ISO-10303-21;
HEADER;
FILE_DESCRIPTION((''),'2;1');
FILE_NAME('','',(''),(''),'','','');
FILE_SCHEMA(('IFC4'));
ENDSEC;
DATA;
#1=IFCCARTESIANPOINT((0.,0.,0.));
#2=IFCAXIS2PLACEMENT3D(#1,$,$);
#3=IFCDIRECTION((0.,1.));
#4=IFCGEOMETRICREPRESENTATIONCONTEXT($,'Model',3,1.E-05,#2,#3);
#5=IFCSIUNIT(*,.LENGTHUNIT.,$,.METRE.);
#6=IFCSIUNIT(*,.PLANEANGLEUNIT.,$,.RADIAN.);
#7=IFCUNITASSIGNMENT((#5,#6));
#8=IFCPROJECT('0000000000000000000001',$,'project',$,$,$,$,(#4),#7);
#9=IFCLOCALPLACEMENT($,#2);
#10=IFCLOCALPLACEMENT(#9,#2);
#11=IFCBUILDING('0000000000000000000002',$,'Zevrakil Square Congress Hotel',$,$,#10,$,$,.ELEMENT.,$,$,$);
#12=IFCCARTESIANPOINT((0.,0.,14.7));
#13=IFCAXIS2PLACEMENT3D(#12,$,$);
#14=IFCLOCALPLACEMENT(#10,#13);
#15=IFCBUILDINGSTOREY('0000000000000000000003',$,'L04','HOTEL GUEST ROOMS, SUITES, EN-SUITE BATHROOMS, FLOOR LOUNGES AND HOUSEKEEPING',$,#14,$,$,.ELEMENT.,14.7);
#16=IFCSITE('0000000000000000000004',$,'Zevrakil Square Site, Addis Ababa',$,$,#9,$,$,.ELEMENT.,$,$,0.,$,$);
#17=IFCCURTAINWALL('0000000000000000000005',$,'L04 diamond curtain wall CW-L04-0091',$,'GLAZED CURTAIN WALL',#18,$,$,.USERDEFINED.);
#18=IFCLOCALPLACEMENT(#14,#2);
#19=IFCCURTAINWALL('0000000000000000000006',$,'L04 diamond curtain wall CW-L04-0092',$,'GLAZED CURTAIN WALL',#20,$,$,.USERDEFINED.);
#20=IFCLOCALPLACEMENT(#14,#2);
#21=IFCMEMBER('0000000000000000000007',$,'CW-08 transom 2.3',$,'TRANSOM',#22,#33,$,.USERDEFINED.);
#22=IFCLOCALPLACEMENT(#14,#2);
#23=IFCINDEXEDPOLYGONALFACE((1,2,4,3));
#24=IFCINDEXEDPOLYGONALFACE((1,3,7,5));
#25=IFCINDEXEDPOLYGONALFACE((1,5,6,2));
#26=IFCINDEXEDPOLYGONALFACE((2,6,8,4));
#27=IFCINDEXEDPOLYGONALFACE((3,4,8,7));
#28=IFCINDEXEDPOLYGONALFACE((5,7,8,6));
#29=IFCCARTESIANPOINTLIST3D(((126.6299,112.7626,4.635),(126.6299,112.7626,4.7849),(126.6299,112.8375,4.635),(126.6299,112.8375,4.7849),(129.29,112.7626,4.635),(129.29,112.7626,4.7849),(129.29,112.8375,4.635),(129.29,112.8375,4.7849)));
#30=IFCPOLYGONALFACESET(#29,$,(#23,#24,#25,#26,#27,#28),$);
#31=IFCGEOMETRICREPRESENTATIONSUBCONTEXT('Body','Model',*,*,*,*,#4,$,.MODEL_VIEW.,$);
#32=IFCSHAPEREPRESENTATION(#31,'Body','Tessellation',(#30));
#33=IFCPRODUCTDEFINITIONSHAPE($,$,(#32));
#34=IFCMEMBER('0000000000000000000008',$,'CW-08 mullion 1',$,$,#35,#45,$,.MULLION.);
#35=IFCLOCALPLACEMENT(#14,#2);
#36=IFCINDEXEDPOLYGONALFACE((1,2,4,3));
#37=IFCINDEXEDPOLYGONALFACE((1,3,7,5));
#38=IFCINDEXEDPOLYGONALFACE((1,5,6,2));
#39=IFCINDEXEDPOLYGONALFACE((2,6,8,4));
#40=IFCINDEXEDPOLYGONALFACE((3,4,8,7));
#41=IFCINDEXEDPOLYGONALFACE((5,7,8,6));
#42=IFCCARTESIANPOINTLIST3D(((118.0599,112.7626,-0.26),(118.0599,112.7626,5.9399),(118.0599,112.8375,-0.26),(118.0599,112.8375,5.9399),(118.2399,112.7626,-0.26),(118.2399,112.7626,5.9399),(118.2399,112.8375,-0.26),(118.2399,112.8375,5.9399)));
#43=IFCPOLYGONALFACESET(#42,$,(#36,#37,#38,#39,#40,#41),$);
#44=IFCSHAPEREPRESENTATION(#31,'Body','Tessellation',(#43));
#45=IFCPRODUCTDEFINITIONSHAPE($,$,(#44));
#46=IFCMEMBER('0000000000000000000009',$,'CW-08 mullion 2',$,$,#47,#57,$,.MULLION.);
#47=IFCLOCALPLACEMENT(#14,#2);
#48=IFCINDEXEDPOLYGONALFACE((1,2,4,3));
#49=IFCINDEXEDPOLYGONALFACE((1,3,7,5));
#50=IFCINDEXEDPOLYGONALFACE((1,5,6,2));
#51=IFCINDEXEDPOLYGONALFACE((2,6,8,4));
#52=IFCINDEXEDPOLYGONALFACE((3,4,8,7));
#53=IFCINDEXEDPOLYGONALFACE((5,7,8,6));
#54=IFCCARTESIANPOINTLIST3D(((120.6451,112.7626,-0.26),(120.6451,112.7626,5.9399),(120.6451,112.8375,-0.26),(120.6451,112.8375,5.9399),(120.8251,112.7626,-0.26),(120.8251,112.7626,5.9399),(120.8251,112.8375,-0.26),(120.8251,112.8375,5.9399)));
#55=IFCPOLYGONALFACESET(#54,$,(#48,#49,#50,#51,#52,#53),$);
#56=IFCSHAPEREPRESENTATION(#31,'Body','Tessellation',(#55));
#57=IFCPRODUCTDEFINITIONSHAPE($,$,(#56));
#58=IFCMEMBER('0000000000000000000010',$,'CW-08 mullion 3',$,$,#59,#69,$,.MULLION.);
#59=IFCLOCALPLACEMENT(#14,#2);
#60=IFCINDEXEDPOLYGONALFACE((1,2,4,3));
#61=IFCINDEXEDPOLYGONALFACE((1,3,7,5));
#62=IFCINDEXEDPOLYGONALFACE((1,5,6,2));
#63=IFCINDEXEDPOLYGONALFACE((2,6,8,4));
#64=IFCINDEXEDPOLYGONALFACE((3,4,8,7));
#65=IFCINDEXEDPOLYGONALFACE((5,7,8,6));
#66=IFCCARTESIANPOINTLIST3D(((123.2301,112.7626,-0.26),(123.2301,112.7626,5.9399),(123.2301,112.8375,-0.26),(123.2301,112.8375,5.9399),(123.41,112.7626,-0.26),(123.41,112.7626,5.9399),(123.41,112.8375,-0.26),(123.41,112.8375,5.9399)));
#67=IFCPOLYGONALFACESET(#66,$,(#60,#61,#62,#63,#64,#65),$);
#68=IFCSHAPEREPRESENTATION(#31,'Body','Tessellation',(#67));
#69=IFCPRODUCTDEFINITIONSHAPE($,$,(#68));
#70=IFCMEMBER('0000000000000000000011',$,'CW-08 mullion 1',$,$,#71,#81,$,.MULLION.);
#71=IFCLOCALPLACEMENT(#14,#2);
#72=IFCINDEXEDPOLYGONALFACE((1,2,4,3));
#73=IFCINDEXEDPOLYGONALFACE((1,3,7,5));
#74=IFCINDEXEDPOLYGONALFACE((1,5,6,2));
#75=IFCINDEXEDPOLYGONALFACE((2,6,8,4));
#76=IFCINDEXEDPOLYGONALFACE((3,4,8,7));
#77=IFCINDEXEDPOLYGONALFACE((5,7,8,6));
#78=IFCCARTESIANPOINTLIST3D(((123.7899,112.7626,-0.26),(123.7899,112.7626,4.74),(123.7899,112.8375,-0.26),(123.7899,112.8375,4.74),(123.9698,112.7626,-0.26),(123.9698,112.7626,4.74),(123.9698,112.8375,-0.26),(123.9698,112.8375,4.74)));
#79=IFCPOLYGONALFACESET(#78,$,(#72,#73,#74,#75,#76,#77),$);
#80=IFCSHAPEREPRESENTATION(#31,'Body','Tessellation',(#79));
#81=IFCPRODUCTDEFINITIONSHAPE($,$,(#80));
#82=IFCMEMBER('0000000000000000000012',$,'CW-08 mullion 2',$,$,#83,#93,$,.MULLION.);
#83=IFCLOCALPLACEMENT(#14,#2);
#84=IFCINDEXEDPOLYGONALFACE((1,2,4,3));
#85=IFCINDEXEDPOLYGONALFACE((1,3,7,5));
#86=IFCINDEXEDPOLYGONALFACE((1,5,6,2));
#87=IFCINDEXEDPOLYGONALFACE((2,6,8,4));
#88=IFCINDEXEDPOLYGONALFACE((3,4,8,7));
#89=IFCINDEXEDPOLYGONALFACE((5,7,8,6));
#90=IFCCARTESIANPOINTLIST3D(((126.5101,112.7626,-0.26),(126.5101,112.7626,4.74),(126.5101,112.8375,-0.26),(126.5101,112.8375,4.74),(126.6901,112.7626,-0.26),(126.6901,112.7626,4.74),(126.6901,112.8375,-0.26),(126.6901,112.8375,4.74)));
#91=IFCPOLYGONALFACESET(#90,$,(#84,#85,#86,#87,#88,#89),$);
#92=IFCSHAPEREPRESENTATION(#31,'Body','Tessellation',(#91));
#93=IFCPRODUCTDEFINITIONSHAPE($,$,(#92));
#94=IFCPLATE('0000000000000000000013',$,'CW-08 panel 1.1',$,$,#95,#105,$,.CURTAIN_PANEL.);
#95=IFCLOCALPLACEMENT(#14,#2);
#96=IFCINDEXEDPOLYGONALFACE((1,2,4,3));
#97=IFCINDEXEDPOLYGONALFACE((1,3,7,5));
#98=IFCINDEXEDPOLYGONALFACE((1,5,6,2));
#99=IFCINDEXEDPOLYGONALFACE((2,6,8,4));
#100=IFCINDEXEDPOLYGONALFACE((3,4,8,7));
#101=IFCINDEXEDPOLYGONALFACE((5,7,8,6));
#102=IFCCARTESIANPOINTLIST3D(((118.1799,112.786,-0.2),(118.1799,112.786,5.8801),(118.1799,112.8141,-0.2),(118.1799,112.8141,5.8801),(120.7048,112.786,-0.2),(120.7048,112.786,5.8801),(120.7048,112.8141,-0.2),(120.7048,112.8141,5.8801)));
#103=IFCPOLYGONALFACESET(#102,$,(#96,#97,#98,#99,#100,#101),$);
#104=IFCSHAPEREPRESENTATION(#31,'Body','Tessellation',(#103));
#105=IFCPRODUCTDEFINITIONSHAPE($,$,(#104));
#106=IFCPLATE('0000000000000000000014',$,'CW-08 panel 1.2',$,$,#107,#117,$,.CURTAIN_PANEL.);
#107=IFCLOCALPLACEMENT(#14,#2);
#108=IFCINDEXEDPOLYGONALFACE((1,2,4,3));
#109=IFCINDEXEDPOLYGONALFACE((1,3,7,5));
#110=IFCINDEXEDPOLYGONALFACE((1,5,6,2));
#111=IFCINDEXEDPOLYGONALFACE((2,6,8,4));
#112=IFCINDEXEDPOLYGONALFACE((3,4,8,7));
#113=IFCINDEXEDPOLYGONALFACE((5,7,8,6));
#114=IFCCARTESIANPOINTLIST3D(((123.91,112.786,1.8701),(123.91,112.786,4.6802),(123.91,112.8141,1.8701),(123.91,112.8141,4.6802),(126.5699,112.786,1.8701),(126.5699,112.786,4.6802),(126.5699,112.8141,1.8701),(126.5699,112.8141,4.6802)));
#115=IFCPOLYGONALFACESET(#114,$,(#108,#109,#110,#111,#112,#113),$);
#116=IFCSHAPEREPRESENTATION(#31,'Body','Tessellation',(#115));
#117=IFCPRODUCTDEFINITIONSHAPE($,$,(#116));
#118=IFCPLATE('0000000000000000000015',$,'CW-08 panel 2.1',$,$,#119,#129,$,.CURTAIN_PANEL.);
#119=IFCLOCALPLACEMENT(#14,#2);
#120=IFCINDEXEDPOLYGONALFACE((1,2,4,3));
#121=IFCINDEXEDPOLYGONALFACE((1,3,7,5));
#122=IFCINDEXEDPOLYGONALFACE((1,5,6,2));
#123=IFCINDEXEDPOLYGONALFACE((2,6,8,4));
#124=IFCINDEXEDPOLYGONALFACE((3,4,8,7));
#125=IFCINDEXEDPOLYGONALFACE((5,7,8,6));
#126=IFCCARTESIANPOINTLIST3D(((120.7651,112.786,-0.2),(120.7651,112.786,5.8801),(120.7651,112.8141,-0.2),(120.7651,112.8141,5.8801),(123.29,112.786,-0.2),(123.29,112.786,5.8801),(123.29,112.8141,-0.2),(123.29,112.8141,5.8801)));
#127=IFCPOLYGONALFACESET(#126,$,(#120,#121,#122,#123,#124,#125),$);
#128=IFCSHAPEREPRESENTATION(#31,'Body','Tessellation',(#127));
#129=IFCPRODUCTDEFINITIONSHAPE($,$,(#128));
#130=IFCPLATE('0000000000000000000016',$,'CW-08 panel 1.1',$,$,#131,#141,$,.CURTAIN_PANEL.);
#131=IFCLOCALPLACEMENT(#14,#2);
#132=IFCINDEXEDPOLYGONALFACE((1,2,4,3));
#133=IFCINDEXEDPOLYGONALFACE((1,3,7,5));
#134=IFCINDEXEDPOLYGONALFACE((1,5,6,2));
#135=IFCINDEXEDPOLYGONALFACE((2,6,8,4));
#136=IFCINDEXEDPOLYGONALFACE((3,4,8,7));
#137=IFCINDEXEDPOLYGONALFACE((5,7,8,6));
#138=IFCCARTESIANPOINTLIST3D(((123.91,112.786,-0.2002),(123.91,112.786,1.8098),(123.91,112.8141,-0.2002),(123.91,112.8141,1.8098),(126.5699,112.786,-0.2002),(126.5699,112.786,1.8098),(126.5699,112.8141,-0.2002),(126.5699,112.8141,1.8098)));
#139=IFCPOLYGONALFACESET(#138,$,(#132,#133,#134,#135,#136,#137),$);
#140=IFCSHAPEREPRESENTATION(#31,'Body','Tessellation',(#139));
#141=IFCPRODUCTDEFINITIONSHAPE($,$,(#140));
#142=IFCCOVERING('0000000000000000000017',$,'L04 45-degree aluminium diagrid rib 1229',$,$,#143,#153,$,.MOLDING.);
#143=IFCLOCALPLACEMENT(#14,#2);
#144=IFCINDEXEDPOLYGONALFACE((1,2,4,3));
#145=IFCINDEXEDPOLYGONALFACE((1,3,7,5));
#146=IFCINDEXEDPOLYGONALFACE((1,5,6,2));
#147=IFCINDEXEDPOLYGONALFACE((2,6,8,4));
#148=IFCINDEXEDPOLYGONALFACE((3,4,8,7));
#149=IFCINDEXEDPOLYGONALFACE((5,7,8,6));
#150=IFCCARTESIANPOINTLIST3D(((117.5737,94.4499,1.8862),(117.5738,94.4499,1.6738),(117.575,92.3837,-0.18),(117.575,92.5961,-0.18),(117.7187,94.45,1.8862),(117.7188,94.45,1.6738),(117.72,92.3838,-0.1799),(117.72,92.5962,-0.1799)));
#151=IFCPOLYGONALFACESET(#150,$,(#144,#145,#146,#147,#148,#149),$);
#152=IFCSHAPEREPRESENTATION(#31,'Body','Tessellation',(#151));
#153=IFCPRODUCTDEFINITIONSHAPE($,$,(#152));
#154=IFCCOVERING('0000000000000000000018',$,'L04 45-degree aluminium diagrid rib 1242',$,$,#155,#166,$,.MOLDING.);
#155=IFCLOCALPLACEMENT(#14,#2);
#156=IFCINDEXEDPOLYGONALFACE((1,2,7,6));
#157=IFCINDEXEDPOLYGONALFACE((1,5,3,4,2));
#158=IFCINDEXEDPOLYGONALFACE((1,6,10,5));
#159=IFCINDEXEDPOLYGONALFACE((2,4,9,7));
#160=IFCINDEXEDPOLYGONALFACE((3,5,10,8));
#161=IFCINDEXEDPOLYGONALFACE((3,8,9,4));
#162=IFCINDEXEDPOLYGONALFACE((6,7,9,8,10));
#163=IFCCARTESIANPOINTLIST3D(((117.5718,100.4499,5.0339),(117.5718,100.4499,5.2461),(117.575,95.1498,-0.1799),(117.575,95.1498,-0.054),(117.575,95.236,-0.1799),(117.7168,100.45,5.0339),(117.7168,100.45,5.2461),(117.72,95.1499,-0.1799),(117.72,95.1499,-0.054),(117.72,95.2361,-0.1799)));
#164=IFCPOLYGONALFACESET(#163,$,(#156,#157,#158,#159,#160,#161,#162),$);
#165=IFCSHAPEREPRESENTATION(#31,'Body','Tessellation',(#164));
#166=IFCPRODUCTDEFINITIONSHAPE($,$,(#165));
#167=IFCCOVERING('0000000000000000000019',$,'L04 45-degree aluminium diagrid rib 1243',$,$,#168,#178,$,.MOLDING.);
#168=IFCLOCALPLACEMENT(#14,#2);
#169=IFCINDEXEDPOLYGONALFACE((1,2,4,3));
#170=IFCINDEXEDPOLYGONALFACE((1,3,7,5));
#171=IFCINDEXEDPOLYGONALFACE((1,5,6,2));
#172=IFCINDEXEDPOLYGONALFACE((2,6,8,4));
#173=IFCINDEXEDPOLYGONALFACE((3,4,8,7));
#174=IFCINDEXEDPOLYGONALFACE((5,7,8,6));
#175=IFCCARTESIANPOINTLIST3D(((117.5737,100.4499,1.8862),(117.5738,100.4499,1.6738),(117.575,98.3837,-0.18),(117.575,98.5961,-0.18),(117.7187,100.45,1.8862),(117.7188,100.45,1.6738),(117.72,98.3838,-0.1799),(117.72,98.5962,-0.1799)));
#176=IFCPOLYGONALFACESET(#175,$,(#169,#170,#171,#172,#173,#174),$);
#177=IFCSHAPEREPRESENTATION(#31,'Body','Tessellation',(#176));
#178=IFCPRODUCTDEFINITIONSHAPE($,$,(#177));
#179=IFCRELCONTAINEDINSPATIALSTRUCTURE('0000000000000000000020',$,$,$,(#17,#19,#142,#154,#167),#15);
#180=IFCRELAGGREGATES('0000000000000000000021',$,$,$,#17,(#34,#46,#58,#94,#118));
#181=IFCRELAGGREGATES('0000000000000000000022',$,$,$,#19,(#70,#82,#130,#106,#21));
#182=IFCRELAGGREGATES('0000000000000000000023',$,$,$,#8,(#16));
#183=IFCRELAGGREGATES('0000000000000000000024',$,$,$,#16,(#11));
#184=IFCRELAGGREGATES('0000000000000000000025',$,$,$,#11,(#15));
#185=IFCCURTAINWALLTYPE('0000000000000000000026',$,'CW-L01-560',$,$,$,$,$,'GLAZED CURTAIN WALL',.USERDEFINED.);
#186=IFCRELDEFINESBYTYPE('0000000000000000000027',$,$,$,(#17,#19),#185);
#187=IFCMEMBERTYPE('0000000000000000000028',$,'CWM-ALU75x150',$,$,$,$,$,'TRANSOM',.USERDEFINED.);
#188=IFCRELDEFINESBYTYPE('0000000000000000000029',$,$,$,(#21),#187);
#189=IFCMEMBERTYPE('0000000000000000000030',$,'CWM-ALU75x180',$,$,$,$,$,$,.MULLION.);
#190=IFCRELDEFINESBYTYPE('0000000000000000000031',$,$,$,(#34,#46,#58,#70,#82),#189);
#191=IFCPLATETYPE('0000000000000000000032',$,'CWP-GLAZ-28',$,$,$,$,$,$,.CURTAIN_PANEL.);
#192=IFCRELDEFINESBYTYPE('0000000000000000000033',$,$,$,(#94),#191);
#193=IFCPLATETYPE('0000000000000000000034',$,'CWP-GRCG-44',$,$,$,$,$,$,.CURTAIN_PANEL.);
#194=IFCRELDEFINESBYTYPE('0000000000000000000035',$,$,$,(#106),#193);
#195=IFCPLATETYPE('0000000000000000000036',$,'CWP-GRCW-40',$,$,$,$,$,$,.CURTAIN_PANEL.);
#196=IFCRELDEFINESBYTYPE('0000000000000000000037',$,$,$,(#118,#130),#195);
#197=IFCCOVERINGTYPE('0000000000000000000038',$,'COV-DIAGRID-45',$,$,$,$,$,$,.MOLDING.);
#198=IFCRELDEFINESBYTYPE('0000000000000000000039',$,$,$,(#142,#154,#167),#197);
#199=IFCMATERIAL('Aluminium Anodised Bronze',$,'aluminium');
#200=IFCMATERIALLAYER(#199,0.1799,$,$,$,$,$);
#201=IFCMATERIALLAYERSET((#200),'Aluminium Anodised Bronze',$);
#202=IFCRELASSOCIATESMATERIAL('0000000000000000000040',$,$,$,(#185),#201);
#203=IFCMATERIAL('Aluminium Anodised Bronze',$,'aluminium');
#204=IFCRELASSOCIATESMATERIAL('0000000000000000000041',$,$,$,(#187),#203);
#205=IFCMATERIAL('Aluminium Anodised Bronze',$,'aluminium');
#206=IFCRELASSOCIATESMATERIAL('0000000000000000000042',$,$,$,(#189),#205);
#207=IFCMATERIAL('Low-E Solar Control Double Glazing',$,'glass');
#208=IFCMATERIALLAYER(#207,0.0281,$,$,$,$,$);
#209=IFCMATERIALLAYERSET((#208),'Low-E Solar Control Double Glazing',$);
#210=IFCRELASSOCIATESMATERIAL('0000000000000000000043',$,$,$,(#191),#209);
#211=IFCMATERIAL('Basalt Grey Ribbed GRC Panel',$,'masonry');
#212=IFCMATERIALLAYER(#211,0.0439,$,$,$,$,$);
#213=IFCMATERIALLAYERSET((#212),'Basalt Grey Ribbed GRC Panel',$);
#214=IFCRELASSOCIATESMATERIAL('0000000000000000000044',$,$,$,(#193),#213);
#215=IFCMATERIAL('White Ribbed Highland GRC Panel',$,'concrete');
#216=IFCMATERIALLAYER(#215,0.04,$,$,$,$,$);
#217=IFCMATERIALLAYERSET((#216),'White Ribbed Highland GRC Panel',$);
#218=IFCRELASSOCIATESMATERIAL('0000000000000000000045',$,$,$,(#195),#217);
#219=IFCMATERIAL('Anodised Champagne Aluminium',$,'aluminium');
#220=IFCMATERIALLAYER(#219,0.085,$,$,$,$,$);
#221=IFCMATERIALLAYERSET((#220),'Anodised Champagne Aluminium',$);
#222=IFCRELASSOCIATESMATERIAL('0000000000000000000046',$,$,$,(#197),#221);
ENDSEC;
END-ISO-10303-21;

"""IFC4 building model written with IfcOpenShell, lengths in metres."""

from ifc_helpers import new_model, si_unit, direction, frame, origin, origin_2d, place, context, subcontext, project, spatial, polyline, rectangle, outline, extrude, material, layer, layer_set, material_profile, profile_set, type_object, element, aggregate, save


model = new_model("IFC4")

# Units and contexts
model_context = context("Model", 3, precision=1e-05, world=origin(), true_north=direction((0.0, 1.0)))
body_context = subcontext(model_context, "Body", "Model", "MODEL_VIEW")
ifc_project = project(units=[si_unit("LENGTHUNIT", "METRE"), si_unit("PLANEANGLEUNIT", "RADIAN")], contexts=[model_context])

# Site, building, storey
site_placement = place(None, origin())
site = spatial("IfcSite", under=ifc_project, at=site_placement, Name="Zevrakil Square Site, Addis Ababa", CompositionType="ELEMENT", RefElevation=0.0)
building_placement = place(site_placement, origin())
building = spatial("IfcBuilding", under=site, at=building_placement, Name="Zevrakil Square Congress Hotel", CompositionType="ELEMENT")
storey_placement = place(building_placement, frame((0.0, 0.0, 14.7)))
storey = spatial("IfcBuildingStorey", under=building, at=storey_placement, Name="L04", Description="HOTEL GUEST ROOMS, SUITES, EN-SUITE BATHROOMS, FLOOR LOUNGES AND HOUSEKEEPING", CompositionType="ELEMENT", Elevation=14.7)

# Curtain walls, member
ifc_material_1 = material(Name="Aluminium Anodised Bronze", Category="aluminium")
ifc_layer_1 = layer(ifc_material_1, 0.1799)
ifc_layer_set_1 = layer_set([ifc_layer_1], Name="Aluminium Anodised Bronze")
curtain_wall_type = type_object("IfcCurtainWallType", Name="CW-L01-560", ElementType="GLAZED CURTAIN WALL", PredefinedType="USERDEFINED", material=ifc_layer_set_1)
curtain_wall_1_placement = place(storey_placement, origin())
curtain_wall_1 = element("IfcCurtainWall", 1, at=curtain_wall_1_placement, inside=storey, type_object=curtain_wall_type, Name="L04 diamond curtain wall CW-L04-0091", ObjectType="GLAZED CURTAIN WALL", PredefinedType="USERDEFINED")
ifc_material_2 = material(Name="Aluminium Anodised Bronze", Category="aluminium")
ifc_material_profile_1 = material_profile(ifc_material_2, rectangle(XDim=0.075, YDim=0.1499, at=origin_2d()), Name="ALU 75x150")
ifc_profile_set_1 = profile_set([ifc_material_profile_1], Name="Aluminium Anodised Bronze")
member_type_1 = type_object("IfcMemberType", Name="CWM-ALU75x150", ElementType="TRANSOM", PredefinedType="USERDEFINED", material=ifc_profile_set_1)
curtain_wall_2_placement = place(storey_placement, origin())
curtain_wall_2 = element("IfcCurtainWall", 2, at=curtain_wall_2_placement, inside=storey, type_object=curtain_wall_type, Name="L04 diamond curtain wall CW-L04-0092", ObjectType="GLAZED CURTAIN WALL", PredefinedType="USERDEFINED")
member_1_placement = place(storey_placement, frame((126.6299, 112.8, 4.71), z_axis=(1.0, 0.0, 0.0), x_axis=(0.0, 1.0, 0.0)))
member_1 = element("IfcMember", 3, at=member_1_placement, type_object=member_type_1, Name="CW-08 transom 2.3", ObjectType="TRANSOM", PredefinedType="USERDEFINED", context=body_context, shape_type="SweptSolid", body=[
    extrude(rectangle(XDim=0.075, YDim=0.1499, at=origin_2d()), origin(), (0.0, 0.0, 1.0), 2.6602),
])

# Members
ifc_material_3 = material(Name="Aluminium Anodised Bronze", Category="aluminium")
ifc_material_profile_2 = material_profile(ifc_material_3, rectangle(XDim=0.075, YDim=0.1799, at=origin_2d()), Name="ALU 75x180")
ifc_profile_set_2 = profile_set([ifc_material_profile_2], Name="Aluminium Anodised Bronze")
member_type_2 = type_object("IfcMemberType", Name="CWM-ALU75x180", PredefinedType="MULLION", material=ifc_profile_set_2)
member_2_placement = place(storey_placement, frame((118.1499, 112.8, -0.26), z_axis=(0.0, 0.0, 1.0), x_axis=(0.0, 1.0, 0.0)))
member_2 = element("IfcMember", 4, at=member_2_placement, type_object=member_type_2, Name="CW-08 mullion 1", PredefinedType="MULLION", context=body_context, shape_type="SweptSolid", body=[
    extrude(rectangle(XDim=0.075, YDim=0.1799, at=origin_2d()), origin(), (0.0, 0.0, 1.0), 6.2),
])
member_3_placement = place(storey_placement, frame((120.7351, 112.8, -0.26), z_axis=(0.0, 0.0, 1.0), x_axis=(0.0, 1.0, 0.0)))
member_3 = element("IfcMember", 5, at=member_3_placement, type_object=member_type_2, Name="CW-08 mullion 2", PredefinedType="MULLION", context=body_context, shape_type="SweptSolid", body=[
    extrude(rectangle(XDim=0.075, YDim=0.1799, at=origin_2d()), origin(), (0.0, 0.0, 1.0), 6.2),
])
member_4_placement = place(storey_placement, frame((123.3201, 112.8, -0.26), z_axis=(0.0, 0.0, 1.0), x_axis=(0.0, 1.0, 0.0)))
member_4 = element("IfcMember", 6, at=member_4_placement, type_object=member_type_2, Name="CW-08 mullion 3", PredefinedType="MULLION", context=body_context, shape_type="SweptSolid", body=[
    extrude(rectangle(XDim=0.075, YDim=0.1799, at=origin_2d()), origin(), (0.0, 0.0, 1.0), 6.2),
])
member_5_placement = place(storey_placement, frame((123.8799, 112.8, -0.26), z_axis=(0.0, 0.0, 1.0), x_axis=(0.0, 1.0, 0.0)))
member_5 = element("IfcMember", 7, at=member_5_placement, type_object=member_type_2, Name="CW-08 mullion 1", PredefinedType="MULLION", context=body_context, shape_type="SweptSolid", body=[
    extrude(rectangle(XDim=0.075, YDim=0.1799, at=origin_2d()), origin(), (0.0, 0.0, 1.0), 5.0),
])
member_6_placement = place(storey_placement, frame((126.6001, 112.8, -0.26), z_axis=(0.0, 0.0, 1.0), x_axis=(0.0, 1.0, 0.0)))
member_6 = element("IfcMember", 8, at=member_6_placement, type_object=member_type_2, Name="CW-08 mullion 2", PredefinedType="MULLION", context=body_context, shape_type="SweptSolid", body=[
    extrude(rectangle(XDim=0.075, YDim=0.1799, at=origin_2d()), origin(), (0.0, 0.0, 1.0), 5.0),
])

# Plates
ifc_material_4 = material(Name="Low-E Solar Control Double Glazing", Category="glass")
ifc_layer_2 = layer(ifc_material_4, 0.0281)
ifc_layer_set_2 = layer_set([ifc_layer_2], Name="Low-E Solar Control Double Glazing")
plate_type_1 = type_object("IfcPlateType", Name="CWP-GLAZ-28", PredefinedType="CURTAIN_PANEL", material=ifc_layer_set_2)
plate_1_placement = place(storey_placement, frame((119.4424, 112.8, -0.2), z_axis=(0.0, 0.0, 1.0), x_axis=(1.0, 0.0, 0.0)))
plate_1 = element("IfcPlate", 9, at=plate_1_placement, type_object=plate_type_1, Name="CW-08 panel 1.1", PredefinedType="CURTAIN_PANEL", context=body_context, shape_type="SweptSolid", body=[
    extrude(rectangle(XDim=2.5249, YDim=0.0281, at=origin_2d()), origin(), (0.0, 0.0, 1.0), 6.0801),
])
ifc_material_5 = material(Name="Basalt Grey Ribbed GRC Panel", Category="masonry")
ifc_layer_3 = layer(ifc_material_5, 0.0439)
ifc_layer_set_3 = layer_set([ifc_layer_3], Name="Basalt Grey Ribbed GRC Panel")
plate_type_2 = type_object("IfcPlateType", Name="CWP-GRCG-44", PredefinedType="CURTAIN_PANEL", material=ifc_layer_set_3)
plate_2_placement = place(storey_placement, frame((125.24, 112.8, 1.8701), z_axis=(0.0, 0.0, 1.0), x_axis=(1.0, 0.0, 0.0)))
plate_2 = element("IfcPlate", 10, at=plate_2_placement, type_object=plate_type_2, Name="CW-08 panel 1.2", PredefinedType="CURTAIN_PANEL", context=body_context, shape_type="SweptSolid", body=[
    extrude(rectangle(XDim=2.6599, YDim=0.0281, at=origin_2d()), origin(), (0.0, 0.0, 1.0), 2.8101),
])
ifc_material_6 = material(Name="White Ribbed Highland GRC Panel", Category="concrete")
ifc_layer_4 = layer(ifc_material_6, 0.04)
ifc_layer_set_4 = layer_set([ifc_layer_4], Name="White Ribbed Highland GRC Panel")
plate_type_3 = type_object("IfcPlateType", Name="CWP-GRCW-40", PredefinedType="CURTAIN_PANEL", material=ifc_layer_set_4)
plate_3_placement = place(storey_placement, frame((122.0276, 112.8, -0.2), z_axis=(0.0, 0.0, 1.0), x_axis=(1.0, 0.0, 0.0)))
plate_3 = element("IfcPlate", 11, at=plate_3_placement, type_object=plate_type_3, Name="CW-08 panel 2.1", PredefinedType="CURTAIN_PANEL", context=body_context, shape_type="SweptSolid", body=[
    extrude(rectangle(XDim=2.5249, YDim=0.0281, at=origin_2d()), origin(), (0.0, 0.0, 1.0), 6.0801),
])
aggregate(curtain_wall_1, [member_2, member_3, member_4, plate_1, plate_3])
plate_4_placement = place(storey_placement, frame((125.24, 112.8, -0.2002), z_axis=(0.0, 0.0, 1.0), x_axis=(1.0, 0.0, 0.0)))
plate_4 = element("IfcPlate", 12, at=plate_4_placement, type_object=plate_type_3, Name="CW-08 panel 1.1", PredefinedType="CURTAIN_PANEL", context=body_context, shape_type="SweptSolid", body=[
    extrude(rectangle(XDim=2.6599, YDim=0.0281, at=origin_2d()), origin(), (0.0, 0.0, 1.0), 2.01),
])
aggregate(curtain_wall_2, [member_5, member_6, plate_4, plate_2, member_1])

# Coverings
ifc_material_7 = material(Name="Anodised Champagne Aluminium", Category="aluminium")
ifc_layer_5 = layer(ifc_material_7, 0.085)
ifc_layer_set_5 = layer_set([ifc_layer_5], Name="Anodised Champagne Aluminium")
covering_type = type_object("IfcCoveringType", Name="COV-DIAGRID-45", PredefinedType="MOLDING", material=ifc_layer_set_5)
covering_1_placement = place(storey_placement, frame((117.72, 92.5962, -0.1799), z_axis=(1.0, 0.000311, 0.000311), x_axis=(0.000311, -1.0, 0.0)))
element("IfcCovering", 13, at=covering_1_placement, inside=storey, type_object=covering_type, Name="L04 45-degree aluminium diagrid rib 1229", PredefinedType="MOLDING", context=body_context, shape_type="SweptSolid", body=[
    extrude(outline(polyline([(0.0, 0.0), (0.2124, 0.0), (-1.8538, -2.0662), (-1.8538, -1.8538), (0.0, 0.0)])), origin(), (0.0, 0.0, -1.0), 0.145),
])
covering_2_placement = place(storey_placement, frame((117.72, 95.2361, -0.1799), z_axis=(1.0, 0.000479, 0.000122), x_axis=(0.000479, -1.0, 0.0)))
element("IfcCovering", 14, at=covering_2_placement, inside=storey, type_object=covering_type, Name="L04 45-degree aluminium diagrid rib 1242", PredefinedType="MOLDING", context=body_context, shape_type="SweptSolid", body=[
    extrude(outline(polyline([(0.0, 0.0), (0.0862, 0.0), (0.0862, -0.126), (-5.2139, -5.426), (-5.2139, -5.2139), (0.0, 0.0)])), origin(), (0.0, 0.0, -1.0), 0.145),
])
covering_3_placement = place(storey_placement, frame((117.72, 98.5962, -0.1799), z_axis=(1.0, 0.000311, 0.000311), x_axis=(0.000311, -1.0, 0.0)))
element("IfcCovering", 15, at=covering_3_placement, inside=storey, type_object=covering_type, Name="L04 45-degree aluminium diagrid rib 1243", PredefinedType="MOLDING", context=body_context, shape_type="SweptSolid", body=[
    extrude(outline(polyline([(0.0, 0.0), (0.2124, 0.0), (-1.8538, -2.0662), (-1.8538, -1.8538), (0.0, 0.0)])), origin(), (0.0, 0.0, -1.0), 0.145),
])

save(model, "model.ifc")
